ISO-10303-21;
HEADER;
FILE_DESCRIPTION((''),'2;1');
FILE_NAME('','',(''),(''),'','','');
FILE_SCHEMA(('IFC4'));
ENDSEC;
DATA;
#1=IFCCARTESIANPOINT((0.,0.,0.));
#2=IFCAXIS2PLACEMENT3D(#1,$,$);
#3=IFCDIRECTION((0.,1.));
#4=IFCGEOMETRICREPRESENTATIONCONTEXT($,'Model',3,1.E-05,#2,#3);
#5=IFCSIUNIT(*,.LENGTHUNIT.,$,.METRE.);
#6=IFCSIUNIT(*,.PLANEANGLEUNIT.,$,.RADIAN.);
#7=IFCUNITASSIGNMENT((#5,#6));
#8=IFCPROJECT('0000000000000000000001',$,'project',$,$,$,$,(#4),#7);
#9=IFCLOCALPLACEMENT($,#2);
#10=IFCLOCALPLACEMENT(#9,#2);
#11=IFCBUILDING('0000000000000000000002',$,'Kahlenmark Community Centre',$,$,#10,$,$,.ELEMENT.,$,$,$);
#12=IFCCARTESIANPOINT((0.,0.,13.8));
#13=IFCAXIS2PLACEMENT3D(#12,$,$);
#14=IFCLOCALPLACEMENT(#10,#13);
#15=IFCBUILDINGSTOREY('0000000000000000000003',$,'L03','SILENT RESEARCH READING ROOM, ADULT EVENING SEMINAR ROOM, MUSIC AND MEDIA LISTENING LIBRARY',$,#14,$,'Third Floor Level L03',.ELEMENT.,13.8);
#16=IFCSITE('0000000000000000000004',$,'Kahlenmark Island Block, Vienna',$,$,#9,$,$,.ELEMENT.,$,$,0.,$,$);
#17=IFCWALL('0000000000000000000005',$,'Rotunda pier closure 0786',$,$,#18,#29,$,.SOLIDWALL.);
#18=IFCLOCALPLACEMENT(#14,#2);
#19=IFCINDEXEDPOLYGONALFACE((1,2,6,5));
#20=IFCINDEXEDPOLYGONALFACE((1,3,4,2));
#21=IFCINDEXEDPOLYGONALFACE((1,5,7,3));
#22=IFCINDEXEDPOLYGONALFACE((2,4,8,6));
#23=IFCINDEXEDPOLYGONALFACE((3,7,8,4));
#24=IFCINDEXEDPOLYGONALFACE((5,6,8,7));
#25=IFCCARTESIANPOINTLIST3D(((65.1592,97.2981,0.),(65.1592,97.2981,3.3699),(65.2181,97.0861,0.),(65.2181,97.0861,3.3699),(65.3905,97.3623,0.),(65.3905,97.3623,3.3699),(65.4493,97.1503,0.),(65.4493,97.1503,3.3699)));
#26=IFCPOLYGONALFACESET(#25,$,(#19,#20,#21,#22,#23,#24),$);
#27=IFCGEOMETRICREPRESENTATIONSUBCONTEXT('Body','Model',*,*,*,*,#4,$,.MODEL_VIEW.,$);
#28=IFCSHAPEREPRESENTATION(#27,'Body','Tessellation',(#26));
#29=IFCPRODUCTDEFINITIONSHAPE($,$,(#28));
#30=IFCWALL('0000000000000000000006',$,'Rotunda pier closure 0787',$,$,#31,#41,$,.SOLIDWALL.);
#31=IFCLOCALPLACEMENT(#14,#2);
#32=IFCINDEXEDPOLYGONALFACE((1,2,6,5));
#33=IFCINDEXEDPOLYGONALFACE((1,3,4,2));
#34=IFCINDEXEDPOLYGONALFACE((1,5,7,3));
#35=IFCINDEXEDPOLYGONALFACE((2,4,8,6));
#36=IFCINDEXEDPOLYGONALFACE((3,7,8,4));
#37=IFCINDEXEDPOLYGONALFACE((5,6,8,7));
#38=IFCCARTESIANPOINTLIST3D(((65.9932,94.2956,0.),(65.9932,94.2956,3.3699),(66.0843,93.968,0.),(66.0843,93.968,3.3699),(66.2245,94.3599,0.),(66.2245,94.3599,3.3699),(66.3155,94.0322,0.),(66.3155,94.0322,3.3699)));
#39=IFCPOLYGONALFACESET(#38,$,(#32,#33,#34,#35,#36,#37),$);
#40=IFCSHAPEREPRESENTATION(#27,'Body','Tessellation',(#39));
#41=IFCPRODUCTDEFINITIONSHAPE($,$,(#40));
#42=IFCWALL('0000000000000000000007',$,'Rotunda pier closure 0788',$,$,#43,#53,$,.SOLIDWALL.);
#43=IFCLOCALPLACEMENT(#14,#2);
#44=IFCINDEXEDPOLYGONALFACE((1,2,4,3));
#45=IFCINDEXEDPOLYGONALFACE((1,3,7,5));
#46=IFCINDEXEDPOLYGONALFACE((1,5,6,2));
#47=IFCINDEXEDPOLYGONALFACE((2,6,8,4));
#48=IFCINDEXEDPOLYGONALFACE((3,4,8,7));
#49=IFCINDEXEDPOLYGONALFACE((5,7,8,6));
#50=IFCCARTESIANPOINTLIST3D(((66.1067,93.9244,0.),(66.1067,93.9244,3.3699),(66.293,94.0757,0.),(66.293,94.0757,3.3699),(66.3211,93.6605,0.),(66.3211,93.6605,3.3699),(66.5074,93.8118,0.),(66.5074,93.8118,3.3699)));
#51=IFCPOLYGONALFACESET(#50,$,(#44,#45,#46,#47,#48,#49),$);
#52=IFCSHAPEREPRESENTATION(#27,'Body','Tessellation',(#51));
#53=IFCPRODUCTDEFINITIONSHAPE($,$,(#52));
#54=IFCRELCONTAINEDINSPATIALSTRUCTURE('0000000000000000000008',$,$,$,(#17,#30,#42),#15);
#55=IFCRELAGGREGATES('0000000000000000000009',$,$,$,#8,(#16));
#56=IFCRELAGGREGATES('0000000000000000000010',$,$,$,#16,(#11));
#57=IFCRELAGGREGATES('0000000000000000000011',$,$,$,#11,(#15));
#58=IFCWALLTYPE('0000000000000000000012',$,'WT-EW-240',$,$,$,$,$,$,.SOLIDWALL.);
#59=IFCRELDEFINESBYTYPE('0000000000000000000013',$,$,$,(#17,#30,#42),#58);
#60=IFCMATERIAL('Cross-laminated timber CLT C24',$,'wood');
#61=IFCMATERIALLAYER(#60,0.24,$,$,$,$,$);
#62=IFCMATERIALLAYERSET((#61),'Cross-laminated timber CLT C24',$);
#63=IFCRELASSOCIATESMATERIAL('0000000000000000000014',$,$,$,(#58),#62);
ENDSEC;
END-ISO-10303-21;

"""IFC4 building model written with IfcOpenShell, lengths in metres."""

from ifc_helpers import new_model, si_unit, direction, frame, frame_2d, origin, place, context, subcontext, project, spatial, rectangle, extrude, material, layer, layer_set, type_object, element, save


model = new_model("IFC4")

# Units and contexts
model_context = context("Model", 3, precision=1e-05, world=origin(), true_north=direction((0.0, 1.0)))
body_context = subcontext(model_context, "Body", "Model", "MODEL_VIEW")
ifc_project = project(units=[si_unit("LENGTHUNIT", "METRE"), si_unit("PLANEANGLEUNIT", "RADIAN")], contexts=[model_context])

# Site, building, storey
site_placement = place(None, origin())
site = spatial("IfcSite", under=ifc_project, at=site_placement, Name="Kahlenmark Island Block, Vienna", CompositionType="ELEMENT", RefElevation=0.0)
building_placement = place(site_placement, origin())
building = spatial("IfcBuilding", under=site, at=building_placement, Name="Kahlenmark Community Centre", CompositionType="ELEMENT")
storey_placement = place(building_placement, frame((0.0, 0.0, 13.8)))
storey = spatial("IfcBuildingStorey", under=building, at=storey_placement, Name="L03", Description="SILENT RESEARCH READING ROOM, ADULT EVENING SEMINAR ROOM, MUSIC AND MEDIA LISTENING LIBRARY", LongName="Third Floor Level L03", CompositionType="ELEMENT", Elevation=13.8)

# Walls
ifc_material_1 = material(Name="Cross-laminated timber CLT C24", Category="wood")
ifc_layer_1 = layer(ifc_material_1, 0.24)
ifc_layer_set_1 = layer_set([ifc_layer_1], Name="Cross-laminated timber CLT C24")
wall_type_1 = type_object("IfcWallType", Name="WT-EW-240", PredefinedType="SOLIDWALL", material=ifc_layer_set_1)
wall_1_placement = place(storey_placement, frame((65.2749, 97.3301, 0.0), z_axis=(0.0, 0.0, 1.0), x_axis=(0.267529, -0.96355, 0.0)))
element("IfcWall", 1, at=wall_1_placement, inside=storey, type_object=wall_type_1, Name="Rotunda pier closure 0786", PredefinedType="SOLIDWALL", context=body_context, shape_type="SweptSolid", body=[
    extrude(rectangle(XDim=0.22, YDim=0.24, at=frame_2d((0.1099, 0.0))), origin(), (0.0, 0.0, 1.0), 3.3699),
])
for number, where, z_axis, x_axis, name in (
    (2, (66.1089, 94.3276, 0.0), (0.0, 0.0, 1.0), (0.267792, -0.963477, 0.0), "Rotunda pier closure 0787"),
    (3, (66.2, 94.0, 0.0), (0.0, 0.0, 1.0), (0.630457, -0.776224, 0.0), "Rotunda pier closure 0788"),
):
    element("IfcWall", number, at=place(storey_placement, frame(where, z_axis=z_axis, x_axis=x_axis)), inside=storey, type_object=wall_type_1, Name=name, PredefinedType="SOLIDWALL", context=body_context, shape_type="SweptSolid", body=[
        extrude(rectangle(XDim=0.3401, YDim=0.24, at=frame_2d((0.1699, 0.0))), origin(), (0.0, 0.0, 1.0), 3.3699),
    ])

save(model, "model.ifc")
